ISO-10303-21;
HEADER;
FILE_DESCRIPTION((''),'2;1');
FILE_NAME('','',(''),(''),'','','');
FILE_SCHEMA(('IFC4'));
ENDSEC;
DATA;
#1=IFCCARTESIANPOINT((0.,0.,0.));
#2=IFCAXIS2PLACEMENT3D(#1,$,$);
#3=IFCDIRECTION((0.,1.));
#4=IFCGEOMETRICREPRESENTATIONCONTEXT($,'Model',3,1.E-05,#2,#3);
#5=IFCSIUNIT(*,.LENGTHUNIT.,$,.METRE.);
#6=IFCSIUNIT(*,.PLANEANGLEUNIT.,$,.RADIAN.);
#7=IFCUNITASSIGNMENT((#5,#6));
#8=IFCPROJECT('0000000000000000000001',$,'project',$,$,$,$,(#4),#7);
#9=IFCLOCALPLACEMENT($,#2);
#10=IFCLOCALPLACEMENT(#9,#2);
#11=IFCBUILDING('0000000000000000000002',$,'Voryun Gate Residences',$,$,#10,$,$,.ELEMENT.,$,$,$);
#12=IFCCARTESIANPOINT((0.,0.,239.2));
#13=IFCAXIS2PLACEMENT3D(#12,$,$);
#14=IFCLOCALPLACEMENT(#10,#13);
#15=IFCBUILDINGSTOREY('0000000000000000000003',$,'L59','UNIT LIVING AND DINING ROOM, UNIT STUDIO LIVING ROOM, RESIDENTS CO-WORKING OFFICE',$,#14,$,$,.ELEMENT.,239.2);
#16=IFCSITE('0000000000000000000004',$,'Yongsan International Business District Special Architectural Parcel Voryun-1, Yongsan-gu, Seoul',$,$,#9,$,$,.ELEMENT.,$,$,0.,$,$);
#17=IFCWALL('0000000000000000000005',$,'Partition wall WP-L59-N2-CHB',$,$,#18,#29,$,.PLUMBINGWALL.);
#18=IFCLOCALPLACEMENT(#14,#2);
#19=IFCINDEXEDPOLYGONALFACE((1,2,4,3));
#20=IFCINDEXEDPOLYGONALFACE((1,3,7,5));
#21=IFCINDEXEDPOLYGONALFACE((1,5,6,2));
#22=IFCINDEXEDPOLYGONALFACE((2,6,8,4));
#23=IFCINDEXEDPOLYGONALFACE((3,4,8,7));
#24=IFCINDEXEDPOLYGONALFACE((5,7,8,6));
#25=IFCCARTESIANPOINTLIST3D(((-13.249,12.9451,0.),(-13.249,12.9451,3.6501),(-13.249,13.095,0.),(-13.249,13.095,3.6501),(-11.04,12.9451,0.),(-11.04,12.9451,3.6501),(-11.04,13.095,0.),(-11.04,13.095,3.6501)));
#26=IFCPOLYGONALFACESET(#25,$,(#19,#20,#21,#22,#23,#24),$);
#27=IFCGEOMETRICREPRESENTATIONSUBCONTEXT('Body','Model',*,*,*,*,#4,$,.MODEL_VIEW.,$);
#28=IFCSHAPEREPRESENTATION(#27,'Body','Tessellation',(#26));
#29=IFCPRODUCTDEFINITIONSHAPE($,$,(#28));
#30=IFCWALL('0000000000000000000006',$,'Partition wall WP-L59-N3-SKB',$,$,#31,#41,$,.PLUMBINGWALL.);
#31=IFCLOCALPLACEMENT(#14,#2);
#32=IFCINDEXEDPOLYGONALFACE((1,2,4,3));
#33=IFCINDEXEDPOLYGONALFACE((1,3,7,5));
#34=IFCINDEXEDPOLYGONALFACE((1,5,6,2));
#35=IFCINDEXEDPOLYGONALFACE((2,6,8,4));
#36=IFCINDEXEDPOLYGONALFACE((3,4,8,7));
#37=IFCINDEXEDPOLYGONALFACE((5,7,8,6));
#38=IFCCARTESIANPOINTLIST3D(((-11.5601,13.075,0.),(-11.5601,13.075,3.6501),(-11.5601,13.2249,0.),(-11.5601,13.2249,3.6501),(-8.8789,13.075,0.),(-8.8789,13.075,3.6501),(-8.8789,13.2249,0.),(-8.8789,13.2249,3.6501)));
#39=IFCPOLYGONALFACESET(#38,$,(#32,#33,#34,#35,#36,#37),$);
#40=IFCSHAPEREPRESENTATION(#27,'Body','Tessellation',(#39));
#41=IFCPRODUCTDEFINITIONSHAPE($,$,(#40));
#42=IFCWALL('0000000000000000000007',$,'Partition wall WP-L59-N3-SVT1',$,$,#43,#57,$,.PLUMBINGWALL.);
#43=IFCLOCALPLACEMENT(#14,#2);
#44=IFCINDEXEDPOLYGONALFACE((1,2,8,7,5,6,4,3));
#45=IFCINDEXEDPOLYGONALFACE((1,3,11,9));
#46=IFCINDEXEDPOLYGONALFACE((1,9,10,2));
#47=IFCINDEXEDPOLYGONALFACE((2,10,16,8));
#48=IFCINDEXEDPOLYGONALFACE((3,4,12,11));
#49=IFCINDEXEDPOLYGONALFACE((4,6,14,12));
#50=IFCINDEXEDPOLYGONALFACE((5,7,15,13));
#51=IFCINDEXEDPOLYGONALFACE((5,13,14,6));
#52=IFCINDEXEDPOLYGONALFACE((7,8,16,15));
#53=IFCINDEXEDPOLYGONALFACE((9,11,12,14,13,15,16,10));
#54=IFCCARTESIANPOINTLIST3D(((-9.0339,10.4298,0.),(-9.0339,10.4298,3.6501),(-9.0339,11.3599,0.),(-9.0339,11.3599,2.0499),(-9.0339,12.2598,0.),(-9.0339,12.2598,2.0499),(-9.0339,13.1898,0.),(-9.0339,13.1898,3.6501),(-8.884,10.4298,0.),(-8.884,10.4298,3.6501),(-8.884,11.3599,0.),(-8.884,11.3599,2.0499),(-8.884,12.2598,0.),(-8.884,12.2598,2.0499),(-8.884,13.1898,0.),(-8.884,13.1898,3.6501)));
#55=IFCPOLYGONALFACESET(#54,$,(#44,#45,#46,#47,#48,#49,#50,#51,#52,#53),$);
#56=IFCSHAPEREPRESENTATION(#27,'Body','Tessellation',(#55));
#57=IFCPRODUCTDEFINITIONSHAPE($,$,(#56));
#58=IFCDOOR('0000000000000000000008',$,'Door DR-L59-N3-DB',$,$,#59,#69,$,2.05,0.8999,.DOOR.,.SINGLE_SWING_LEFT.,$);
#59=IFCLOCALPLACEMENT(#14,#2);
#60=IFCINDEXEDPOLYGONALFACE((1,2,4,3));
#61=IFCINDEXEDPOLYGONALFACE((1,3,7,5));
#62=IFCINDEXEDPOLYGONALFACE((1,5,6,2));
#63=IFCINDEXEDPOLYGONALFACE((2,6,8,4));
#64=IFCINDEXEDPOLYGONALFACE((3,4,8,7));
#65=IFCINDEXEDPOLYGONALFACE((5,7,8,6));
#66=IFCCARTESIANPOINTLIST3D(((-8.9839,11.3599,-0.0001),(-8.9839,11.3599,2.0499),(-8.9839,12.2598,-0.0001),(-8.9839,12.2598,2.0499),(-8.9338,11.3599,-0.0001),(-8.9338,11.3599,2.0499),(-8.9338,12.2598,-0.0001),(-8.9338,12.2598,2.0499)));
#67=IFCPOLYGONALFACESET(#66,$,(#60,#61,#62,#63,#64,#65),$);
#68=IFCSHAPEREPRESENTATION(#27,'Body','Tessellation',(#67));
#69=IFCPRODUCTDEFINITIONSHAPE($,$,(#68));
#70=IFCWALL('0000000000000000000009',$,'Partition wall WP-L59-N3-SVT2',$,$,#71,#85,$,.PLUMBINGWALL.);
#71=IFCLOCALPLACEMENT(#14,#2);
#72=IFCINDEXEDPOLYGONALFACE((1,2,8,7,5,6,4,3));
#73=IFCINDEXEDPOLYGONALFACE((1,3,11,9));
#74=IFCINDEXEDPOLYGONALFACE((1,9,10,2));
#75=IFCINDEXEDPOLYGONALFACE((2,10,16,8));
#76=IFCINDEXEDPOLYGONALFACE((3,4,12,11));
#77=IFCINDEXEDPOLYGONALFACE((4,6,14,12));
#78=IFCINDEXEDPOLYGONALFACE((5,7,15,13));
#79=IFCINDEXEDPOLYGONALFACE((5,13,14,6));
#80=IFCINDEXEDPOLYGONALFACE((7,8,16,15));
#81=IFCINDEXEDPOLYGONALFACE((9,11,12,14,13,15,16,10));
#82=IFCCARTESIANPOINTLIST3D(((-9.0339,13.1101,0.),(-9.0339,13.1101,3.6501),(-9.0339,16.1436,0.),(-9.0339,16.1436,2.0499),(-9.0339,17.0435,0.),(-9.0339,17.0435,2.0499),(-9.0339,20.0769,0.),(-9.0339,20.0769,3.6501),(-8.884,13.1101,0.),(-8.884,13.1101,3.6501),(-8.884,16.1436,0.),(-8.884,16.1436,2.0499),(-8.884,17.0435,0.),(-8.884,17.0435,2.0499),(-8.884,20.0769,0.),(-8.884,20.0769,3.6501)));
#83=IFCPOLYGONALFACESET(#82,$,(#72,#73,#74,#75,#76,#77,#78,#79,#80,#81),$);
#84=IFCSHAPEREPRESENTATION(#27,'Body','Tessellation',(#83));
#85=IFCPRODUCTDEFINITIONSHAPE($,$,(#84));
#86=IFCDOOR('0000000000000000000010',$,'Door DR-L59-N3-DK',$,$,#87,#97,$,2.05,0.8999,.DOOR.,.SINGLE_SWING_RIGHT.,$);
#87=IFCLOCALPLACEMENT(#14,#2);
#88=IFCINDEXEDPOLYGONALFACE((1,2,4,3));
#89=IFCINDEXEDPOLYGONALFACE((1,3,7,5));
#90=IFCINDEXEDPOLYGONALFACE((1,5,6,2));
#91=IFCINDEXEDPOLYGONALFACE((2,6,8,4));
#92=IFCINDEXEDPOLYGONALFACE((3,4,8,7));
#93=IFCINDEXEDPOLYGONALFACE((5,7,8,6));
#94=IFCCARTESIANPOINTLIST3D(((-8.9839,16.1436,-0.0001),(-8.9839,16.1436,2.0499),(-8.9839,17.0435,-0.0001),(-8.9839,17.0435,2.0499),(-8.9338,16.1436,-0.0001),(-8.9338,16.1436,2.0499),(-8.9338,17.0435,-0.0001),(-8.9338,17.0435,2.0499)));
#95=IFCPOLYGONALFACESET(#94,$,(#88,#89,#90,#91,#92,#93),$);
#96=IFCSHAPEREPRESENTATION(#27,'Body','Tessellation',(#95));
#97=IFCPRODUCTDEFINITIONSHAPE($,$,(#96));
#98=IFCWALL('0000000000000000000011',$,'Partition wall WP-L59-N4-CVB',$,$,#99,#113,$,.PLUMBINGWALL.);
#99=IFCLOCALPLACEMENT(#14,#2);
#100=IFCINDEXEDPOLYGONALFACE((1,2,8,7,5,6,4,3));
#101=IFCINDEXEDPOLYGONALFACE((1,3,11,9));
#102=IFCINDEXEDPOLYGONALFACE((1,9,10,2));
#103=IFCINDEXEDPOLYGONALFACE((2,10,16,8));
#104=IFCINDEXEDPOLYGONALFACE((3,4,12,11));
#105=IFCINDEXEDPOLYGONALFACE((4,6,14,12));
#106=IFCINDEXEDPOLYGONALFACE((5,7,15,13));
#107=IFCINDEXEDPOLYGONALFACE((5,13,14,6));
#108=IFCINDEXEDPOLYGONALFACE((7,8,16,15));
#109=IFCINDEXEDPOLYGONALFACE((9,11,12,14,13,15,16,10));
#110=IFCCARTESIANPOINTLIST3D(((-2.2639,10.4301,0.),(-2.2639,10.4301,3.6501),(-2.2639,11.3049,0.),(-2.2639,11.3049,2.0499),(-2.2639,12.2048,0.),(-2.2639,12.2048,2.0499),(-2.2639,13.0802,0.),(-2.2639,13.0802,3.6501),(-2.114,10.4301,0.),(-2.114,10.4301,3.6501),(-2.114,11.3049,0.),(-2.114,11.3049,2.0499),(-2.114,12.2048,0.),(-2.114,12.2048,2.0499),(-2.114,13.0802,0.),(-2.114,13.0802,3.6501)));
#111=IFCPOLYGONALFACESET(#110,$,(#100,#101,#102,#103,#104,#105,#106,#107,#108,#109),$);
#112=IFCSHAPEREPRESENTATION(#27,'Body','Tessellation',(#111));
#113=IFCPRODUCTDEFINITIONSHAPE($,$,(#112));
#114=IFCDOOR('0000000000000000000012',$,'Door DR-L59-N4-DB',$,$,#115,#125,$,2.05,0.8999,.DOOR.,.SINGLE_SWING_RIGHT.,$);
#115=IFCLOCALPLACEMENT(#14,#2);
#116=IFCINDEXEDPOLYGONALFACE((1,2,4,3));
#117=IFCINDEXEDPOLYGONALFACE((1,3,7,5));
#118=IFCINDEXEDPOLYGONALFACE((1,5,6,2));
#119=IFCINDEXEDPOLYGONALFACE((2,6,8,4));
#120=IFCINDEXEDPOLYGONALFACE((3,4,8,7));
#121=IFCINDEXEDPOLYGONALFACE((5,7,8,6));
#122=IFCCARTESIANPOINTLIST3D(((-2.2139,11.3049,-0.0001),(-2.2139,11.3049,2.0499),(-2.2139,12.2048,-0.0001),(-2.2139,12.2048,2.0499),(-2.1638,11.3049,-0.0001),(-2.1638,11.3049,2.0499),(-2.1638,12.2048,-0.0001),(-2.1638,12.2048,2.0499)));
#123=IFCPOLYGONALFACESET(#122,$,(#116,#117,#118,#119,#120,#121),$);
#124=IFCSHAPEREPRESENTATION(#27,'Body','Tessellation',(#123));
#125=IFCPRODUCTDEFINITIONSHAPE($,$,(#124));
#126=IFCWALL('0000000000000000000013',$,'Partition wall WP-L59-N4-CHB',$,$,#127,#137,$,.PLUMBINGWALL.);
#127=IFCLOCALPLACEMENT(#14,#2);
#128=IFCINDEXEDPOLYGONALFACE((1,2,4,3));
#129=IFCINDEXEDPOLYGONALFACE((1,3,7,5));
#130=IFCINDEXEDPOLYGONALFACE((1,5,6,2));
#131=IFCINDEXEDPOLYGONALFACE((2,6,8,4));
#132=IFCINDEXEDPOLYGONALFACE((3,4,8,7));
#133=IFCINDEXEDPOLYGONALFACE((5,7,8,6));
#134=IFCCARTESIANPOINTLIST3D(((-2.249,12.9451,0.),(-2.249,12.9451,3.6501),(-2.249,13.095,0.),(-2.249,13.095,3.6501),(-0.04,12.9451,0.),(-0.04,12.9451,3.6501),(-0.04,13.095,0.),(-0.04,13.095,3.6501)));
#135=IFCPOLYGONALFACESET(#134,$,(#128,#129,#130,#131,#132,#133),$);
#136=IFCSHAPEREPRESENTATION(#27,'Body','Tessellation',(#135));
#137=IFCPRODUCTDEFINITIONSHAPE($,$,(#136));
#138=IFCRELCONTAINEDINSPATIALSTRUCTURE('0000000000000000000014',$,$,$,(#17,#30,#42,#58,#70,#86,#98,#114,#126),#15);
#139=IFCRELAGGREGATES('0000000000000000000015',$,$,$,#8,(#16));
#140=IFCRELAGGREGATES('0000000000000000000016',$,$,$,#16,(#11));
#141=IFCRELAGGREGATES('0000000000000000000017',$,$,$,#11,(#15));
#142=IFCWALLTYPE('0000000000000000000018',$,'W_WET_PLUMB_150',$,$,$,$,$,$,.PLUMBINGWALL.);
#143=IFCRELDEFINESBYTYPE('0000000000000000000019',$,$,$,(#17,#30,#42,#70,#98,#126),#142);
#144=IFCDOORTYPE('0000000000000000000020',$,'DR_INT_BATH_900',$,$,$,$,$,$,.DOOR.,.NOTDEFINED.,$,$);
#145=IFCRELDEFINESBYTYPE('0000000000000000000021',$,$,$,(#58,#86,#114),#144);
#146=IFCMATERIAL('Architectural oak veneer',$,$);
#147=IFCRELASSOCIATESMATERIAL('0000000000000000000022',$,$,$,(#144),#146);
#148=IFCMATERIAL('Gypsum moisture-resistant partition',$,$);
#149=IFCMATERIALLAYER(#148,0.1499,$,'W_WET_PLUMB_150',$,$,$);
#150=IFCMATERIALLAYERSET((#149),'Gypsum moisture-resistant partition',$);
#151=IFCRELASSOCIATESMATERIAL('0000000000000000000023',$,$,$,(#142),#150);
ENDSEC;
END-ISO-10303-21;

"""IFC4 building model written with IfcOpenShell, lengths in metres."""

from ifc_helpers import new_model, si_unit, direction, frame, frame_2d, origin, place, context, subcontext, project, spatial, rectangle, extrude, material, layer, layer_set, type_object, element, fill, save


model = new_model("IFC4")

# Units and contexts
model_context = context("Model", 3, precision=1e-05, world=origin(), true_north=direction((0.0, 1.0)))
body_context = subcontext(model_context, "Body", "Model", "MODEL_VIEW")
ifc_project = project(units=[si_unit("LENGTHUNIT", "METRE"), si_unit("PLANEANGLEUNIT", "RADIAN")], contexts=[model_context])

# Site, building, storey
site_placement = place(None, origin())
site = spatial("IfcSite", under=ifc_project, at=site_placement, Name="Yongsan International Business District Special Architectural Parcel Voryun-1, Yongsan-gu, Seoul", CompositionType="ELEMENT", RefElevation=0.0)
building_placement = place(site_placement, origin())
building = spatial("IfcBuilding", under=site, at=building_placement, Name="Voryun Gate Residences", CompositionType="ELEMENT")
storey_placement = place(building_placement, frame((0.0, 0.0, 239.2)))
storey = spatial("IfcBuildingStorey", under=building, at=storey_placement, Name="L59", Description="UNIT LIVING AND DINING ROOM, UNIT STUDIO LIVING ROOM, RESIDENTS CO-WORKING OFFICE", CompositionType="ELEMENT", Elevation=239.2)

# Shared definitions
ifc_material_1 = material(Name="Architectural oak veneer")
door_type_1 = type_object("IfcDoorType", Name="DR_INT_BATH_900", OperationType="NOTDEFINED", PredefinedType="DOOR", material=ifc_material_1)

# Shared definitions
ifc_material_2 = material(Name="Gypsum moisture-resistant partition")
ifc_layer_1 = layer(ifc_material_2, 0.1499, Name="W_WET_PLUMB_150")
ifc_layer_set_1 = layer_set([ifc_layer_1], Name="Gypsum moisture-resistant partition")
wall_type_1 = type_object("IfcWallType", Name="W_WET_PLUMB_150", PredefinedType="PLUMBINGWALL", material=ifc_layer_set_1)

# Walls
wall_1_placement = place(storey_placement, frame((-13.249, 13.02, 0.0), z_axis=(0.0, 0.0, 1.0), x_axis=(1.0, 0.0, 0.0)))
element("IfcWall", 1, at=wall_1_placement, inside=storey, type_object=wall_type_1, Name="Partition wall WP-L59-N2-CHB", PredefinedType="PLUMBINGWALL", context=body_context, shape_type="SweptSolid", body=[
    extrude(rectangle(XDim=2.209, YDim=0.1499, at=frame_2d((1.1045, 0.0))), origin(), (0.0, 0.0, 1.0), 3.6501),
])
wall_2_placement = place(storey_placement, frame((-11.5601, 13.1499, 0.0), z_axis=(0.0, 0.0, 1.0), x_axis=(1.0, 0.0, 0.0)))
element("IfcWall", 2, at=wall_2_placement, inside=storey, type_object=wall_type_1, Name="Partition wall WP-L59-N3-SKB", PredefinedType="PLUMBINGWALL", context=body_context, shape_type="SweptSolid", body=[
    extrude(rectangle(XDim=2.6812, YDim=0.1499, at=frame_2d((1.3406, 0.0))), origin(), (0.0, 0.0, 1.0), 3.6501),
])

# Walls, openings, doors
wall_3_placement = place(storey_placement, frame((-8.959, 10.4299, 0.0), z_axis=(0.0, 0.0, 1.0), x_axis=(0.0, 1.0, 0.0)))
wall_3 = element("IfcWall", 3, at=wall_3_placement, inside=storey, type_object=wall_type_1, Name="Partition wall WP-L59-N3-SVT1", PredefinedType="PLUMBINGWALL", context=body_context, shape_type="SweptSolid", body=[
    extrude(rectangle(XDim=2.76, YDim=0.1499, at=frame_2d((1.3799, 0.0))), origin(), (0.0, 0.0, 1.0), 3.6501),
])
opening_1_placement = place(wall_3_placement, frame((0.9299, 0.0, 0.0)))
opening_1 = element("IfcOpeningElement", 4, at=opening_1_placement, cuts=wall_3, PredefinedType="OPENING", context=body_context, shape_type="SweptSolid", body=[
    extrude(rectangle(XDim=0.8999, YDim=2.05, at=frame_2d((0.45, 1.0249))), frame((0.0, 0.085, 0.0), z_axis=(0.0, -1.0, 0.0), x_axis=(1.0, 0.0, 0.0)), (0.0, 0.0, 1.0), 0.1699),
])
door_1_placement = place(opening_1_placement, origin())
door_1 = element("IfcDoor", 5, at=door_1_placement, inside=storey, type_object=door_type_1, Name="Door DR-L59-N3-DB", OperationType="SINGLE_SWING_LEFT", OverallHeight=2.05, OverallWidth=0.8999, PredefinedType="DOOR", context=body_context, shape_type="SweptSolid", body=[
    extrude(rectangle(XDim=0.8999, YDim=2.05, at=frame_2d((0.45, 1.0249))), frame((0.0, 0.0249, 0.0), z_axis=(0.0, -1.0, 0.0), x_axis=(1.0, 0.0, 0.0)), (0.0, 0.0, 1.0), 0.05),
])
fill(opening_1, door_1)
wall_4_placement = place(storey_placement, frame((-8.959, 13.1101, 0.0), z_axis=(0.0, 0.0, 1.0), x_axis=(0.0, 1.0, 0.0)))
wall_4 = element("IfcWall", 6, at=wall_4_placement, inside=storey, type_object=wall_type_1, Name="Partition wall WP-L59-N3-SVT2", PredefinedType="PLUMBINGWALL", context=body_context, shape_type="SweptSolid", body=[
    extrude(rectangle(XDim=6.9668, YDim=0.1499, at=frame_2d((3.4834, 0.0))), origin(), (0.0, 0.0, 1.0), 3.6501),
])
opening_2_placement = place(wall_4_placement, frame((3.0334, 0.0, 0.0)))
opening_2 = element("IfcOpeningElement", 7, at=opening_2_placement, cuts=wall_4, PredefinedType="OPENING", context=body_context, shape_type="SweptSolid", body=[
    extrude(rectangle(XDim=0.8999, YDim=2.05, at=frame_2d((0.45, 1.0249))), frame((0.0, 0.085, 0.0), z_axis=(0.0, -1.0, 0.0), x_axis=(1.0, 0.0, 0.0)), (0.0, 0.0, 1.0), 0.1699),
])
door_2_placement = place(opening_2_placement, origin())
door_2 = element("IfcDoor", 8, at=door_2_placement, inside=storey, type_object=door_type_1, Name="Door DR-L59-N3-DK", OperationType="SINGLE_SWING_RIGHT", OverallHeight=2.05, OverallWidth=0.8999, PredefinedType="DOOR", context=body_context, shape_type="SweptSolid", body=[
    extrude(rectangle(XDim=0.8999, YDim=2.05, at=frame_2d((0.45, 1.0249))), frame((0.0, 0.0249, 0.0), z_axis=(0.0, -1.0, 0.0), x_axis=(1.0, 0.0, 0.0)), (0.0, 0.0, 1.0), 0.05),
])
fill(opening_2, door_2)
wall_5_placement = place(storey_placement, frame((-2.189, 10.4299, 0.0), z_axis=(0.0, 0.0, 1.0), x_axis=(0.0, 1.0, 0.0)))
wall_5 = element("IfcWall", 9, at=wall_5_placement, inside=storey, type_object=wall_type_1, Name="Partition wall WP-L59-N4-CVB", PredefinedType="PLUMBINGWALL", context=body_context, shape_type="SweptSolid", body=[
    extrude(rectangle(XDim=2.6501, YDim=0.1499, at=frame_2d((1.3252, 0.0))), origin(), (0.0, 0.0, 1.0), 3.6501),
])
opening_3_placement = place(wall_5_placement, frame((0.875, 0.0, 0.0)))
opening_3 = element("IfcOpeningElement", 10, at=opening_3_placement, cuts=wall_5, PredefinedType="OPENING", context=body_context, shape_type="SweptSolid", body=[
    extrude(rectangle(XDim=0.8999, YDim=2.05, at=frame_2d((0.45, 1.0249))), frame((0.0, 0.085, 0.0), z_axis=(0.0, -1.0, 0.0), x_axis=(1.0, 0.0, 0.0)), (0.0, 0.0, 1.0), 0.1699),
])
door_3_placement = place(opening_3_placement, origin())
door_3 = element("IfcDoor", 11, at=door_3_placement, inside=storey, type_object=door_type_1, Name="Door DR-L59-N4-DB", OperationType="SINGLE_SWING_RIGHT", OverallHeight=2.05, OverallWidth=0.8999, PredefinedType="DOOR", context=body_context, shape_type="SweptSolid", body=[
    extrude(rectangle(XDim=0.8999, YDim=2.05, at=frame_2d((0.45, 1.0249))), frame((0.0, 0.0249, 0.0), z_axis=(0.0, -1.0, 0.0), x_axis=(1.0, 0.0, 0.0)), (0.0, 0.0, 1.0), 0.05),
])
fill(opening_3, door_3)

# Wall
wall_6_placement = place(storey_placement, frame((-2.249, 13.02, 0.0), z_axis=(0.0, 0.0, 1.0), x_axis=(1.0, 0.0, 0.0)))
element("IfcWall", 12, at=wall_6_placement, inside=storey, type_object=wall_type_1, Name="Partition wall WP-L59-N4-CHB", PredefinedType="PLUMBINGWALL", context=body_context, shape_type="SweptSolid", body=[
    extrude(rectangle(XDim=2.209, YDim=0.1499, at=frame_2d((1.1045, 0.0))), origin(), (0.0, 0.0, 1.0), 3.6501),
])

save(model, "model.ifc")
